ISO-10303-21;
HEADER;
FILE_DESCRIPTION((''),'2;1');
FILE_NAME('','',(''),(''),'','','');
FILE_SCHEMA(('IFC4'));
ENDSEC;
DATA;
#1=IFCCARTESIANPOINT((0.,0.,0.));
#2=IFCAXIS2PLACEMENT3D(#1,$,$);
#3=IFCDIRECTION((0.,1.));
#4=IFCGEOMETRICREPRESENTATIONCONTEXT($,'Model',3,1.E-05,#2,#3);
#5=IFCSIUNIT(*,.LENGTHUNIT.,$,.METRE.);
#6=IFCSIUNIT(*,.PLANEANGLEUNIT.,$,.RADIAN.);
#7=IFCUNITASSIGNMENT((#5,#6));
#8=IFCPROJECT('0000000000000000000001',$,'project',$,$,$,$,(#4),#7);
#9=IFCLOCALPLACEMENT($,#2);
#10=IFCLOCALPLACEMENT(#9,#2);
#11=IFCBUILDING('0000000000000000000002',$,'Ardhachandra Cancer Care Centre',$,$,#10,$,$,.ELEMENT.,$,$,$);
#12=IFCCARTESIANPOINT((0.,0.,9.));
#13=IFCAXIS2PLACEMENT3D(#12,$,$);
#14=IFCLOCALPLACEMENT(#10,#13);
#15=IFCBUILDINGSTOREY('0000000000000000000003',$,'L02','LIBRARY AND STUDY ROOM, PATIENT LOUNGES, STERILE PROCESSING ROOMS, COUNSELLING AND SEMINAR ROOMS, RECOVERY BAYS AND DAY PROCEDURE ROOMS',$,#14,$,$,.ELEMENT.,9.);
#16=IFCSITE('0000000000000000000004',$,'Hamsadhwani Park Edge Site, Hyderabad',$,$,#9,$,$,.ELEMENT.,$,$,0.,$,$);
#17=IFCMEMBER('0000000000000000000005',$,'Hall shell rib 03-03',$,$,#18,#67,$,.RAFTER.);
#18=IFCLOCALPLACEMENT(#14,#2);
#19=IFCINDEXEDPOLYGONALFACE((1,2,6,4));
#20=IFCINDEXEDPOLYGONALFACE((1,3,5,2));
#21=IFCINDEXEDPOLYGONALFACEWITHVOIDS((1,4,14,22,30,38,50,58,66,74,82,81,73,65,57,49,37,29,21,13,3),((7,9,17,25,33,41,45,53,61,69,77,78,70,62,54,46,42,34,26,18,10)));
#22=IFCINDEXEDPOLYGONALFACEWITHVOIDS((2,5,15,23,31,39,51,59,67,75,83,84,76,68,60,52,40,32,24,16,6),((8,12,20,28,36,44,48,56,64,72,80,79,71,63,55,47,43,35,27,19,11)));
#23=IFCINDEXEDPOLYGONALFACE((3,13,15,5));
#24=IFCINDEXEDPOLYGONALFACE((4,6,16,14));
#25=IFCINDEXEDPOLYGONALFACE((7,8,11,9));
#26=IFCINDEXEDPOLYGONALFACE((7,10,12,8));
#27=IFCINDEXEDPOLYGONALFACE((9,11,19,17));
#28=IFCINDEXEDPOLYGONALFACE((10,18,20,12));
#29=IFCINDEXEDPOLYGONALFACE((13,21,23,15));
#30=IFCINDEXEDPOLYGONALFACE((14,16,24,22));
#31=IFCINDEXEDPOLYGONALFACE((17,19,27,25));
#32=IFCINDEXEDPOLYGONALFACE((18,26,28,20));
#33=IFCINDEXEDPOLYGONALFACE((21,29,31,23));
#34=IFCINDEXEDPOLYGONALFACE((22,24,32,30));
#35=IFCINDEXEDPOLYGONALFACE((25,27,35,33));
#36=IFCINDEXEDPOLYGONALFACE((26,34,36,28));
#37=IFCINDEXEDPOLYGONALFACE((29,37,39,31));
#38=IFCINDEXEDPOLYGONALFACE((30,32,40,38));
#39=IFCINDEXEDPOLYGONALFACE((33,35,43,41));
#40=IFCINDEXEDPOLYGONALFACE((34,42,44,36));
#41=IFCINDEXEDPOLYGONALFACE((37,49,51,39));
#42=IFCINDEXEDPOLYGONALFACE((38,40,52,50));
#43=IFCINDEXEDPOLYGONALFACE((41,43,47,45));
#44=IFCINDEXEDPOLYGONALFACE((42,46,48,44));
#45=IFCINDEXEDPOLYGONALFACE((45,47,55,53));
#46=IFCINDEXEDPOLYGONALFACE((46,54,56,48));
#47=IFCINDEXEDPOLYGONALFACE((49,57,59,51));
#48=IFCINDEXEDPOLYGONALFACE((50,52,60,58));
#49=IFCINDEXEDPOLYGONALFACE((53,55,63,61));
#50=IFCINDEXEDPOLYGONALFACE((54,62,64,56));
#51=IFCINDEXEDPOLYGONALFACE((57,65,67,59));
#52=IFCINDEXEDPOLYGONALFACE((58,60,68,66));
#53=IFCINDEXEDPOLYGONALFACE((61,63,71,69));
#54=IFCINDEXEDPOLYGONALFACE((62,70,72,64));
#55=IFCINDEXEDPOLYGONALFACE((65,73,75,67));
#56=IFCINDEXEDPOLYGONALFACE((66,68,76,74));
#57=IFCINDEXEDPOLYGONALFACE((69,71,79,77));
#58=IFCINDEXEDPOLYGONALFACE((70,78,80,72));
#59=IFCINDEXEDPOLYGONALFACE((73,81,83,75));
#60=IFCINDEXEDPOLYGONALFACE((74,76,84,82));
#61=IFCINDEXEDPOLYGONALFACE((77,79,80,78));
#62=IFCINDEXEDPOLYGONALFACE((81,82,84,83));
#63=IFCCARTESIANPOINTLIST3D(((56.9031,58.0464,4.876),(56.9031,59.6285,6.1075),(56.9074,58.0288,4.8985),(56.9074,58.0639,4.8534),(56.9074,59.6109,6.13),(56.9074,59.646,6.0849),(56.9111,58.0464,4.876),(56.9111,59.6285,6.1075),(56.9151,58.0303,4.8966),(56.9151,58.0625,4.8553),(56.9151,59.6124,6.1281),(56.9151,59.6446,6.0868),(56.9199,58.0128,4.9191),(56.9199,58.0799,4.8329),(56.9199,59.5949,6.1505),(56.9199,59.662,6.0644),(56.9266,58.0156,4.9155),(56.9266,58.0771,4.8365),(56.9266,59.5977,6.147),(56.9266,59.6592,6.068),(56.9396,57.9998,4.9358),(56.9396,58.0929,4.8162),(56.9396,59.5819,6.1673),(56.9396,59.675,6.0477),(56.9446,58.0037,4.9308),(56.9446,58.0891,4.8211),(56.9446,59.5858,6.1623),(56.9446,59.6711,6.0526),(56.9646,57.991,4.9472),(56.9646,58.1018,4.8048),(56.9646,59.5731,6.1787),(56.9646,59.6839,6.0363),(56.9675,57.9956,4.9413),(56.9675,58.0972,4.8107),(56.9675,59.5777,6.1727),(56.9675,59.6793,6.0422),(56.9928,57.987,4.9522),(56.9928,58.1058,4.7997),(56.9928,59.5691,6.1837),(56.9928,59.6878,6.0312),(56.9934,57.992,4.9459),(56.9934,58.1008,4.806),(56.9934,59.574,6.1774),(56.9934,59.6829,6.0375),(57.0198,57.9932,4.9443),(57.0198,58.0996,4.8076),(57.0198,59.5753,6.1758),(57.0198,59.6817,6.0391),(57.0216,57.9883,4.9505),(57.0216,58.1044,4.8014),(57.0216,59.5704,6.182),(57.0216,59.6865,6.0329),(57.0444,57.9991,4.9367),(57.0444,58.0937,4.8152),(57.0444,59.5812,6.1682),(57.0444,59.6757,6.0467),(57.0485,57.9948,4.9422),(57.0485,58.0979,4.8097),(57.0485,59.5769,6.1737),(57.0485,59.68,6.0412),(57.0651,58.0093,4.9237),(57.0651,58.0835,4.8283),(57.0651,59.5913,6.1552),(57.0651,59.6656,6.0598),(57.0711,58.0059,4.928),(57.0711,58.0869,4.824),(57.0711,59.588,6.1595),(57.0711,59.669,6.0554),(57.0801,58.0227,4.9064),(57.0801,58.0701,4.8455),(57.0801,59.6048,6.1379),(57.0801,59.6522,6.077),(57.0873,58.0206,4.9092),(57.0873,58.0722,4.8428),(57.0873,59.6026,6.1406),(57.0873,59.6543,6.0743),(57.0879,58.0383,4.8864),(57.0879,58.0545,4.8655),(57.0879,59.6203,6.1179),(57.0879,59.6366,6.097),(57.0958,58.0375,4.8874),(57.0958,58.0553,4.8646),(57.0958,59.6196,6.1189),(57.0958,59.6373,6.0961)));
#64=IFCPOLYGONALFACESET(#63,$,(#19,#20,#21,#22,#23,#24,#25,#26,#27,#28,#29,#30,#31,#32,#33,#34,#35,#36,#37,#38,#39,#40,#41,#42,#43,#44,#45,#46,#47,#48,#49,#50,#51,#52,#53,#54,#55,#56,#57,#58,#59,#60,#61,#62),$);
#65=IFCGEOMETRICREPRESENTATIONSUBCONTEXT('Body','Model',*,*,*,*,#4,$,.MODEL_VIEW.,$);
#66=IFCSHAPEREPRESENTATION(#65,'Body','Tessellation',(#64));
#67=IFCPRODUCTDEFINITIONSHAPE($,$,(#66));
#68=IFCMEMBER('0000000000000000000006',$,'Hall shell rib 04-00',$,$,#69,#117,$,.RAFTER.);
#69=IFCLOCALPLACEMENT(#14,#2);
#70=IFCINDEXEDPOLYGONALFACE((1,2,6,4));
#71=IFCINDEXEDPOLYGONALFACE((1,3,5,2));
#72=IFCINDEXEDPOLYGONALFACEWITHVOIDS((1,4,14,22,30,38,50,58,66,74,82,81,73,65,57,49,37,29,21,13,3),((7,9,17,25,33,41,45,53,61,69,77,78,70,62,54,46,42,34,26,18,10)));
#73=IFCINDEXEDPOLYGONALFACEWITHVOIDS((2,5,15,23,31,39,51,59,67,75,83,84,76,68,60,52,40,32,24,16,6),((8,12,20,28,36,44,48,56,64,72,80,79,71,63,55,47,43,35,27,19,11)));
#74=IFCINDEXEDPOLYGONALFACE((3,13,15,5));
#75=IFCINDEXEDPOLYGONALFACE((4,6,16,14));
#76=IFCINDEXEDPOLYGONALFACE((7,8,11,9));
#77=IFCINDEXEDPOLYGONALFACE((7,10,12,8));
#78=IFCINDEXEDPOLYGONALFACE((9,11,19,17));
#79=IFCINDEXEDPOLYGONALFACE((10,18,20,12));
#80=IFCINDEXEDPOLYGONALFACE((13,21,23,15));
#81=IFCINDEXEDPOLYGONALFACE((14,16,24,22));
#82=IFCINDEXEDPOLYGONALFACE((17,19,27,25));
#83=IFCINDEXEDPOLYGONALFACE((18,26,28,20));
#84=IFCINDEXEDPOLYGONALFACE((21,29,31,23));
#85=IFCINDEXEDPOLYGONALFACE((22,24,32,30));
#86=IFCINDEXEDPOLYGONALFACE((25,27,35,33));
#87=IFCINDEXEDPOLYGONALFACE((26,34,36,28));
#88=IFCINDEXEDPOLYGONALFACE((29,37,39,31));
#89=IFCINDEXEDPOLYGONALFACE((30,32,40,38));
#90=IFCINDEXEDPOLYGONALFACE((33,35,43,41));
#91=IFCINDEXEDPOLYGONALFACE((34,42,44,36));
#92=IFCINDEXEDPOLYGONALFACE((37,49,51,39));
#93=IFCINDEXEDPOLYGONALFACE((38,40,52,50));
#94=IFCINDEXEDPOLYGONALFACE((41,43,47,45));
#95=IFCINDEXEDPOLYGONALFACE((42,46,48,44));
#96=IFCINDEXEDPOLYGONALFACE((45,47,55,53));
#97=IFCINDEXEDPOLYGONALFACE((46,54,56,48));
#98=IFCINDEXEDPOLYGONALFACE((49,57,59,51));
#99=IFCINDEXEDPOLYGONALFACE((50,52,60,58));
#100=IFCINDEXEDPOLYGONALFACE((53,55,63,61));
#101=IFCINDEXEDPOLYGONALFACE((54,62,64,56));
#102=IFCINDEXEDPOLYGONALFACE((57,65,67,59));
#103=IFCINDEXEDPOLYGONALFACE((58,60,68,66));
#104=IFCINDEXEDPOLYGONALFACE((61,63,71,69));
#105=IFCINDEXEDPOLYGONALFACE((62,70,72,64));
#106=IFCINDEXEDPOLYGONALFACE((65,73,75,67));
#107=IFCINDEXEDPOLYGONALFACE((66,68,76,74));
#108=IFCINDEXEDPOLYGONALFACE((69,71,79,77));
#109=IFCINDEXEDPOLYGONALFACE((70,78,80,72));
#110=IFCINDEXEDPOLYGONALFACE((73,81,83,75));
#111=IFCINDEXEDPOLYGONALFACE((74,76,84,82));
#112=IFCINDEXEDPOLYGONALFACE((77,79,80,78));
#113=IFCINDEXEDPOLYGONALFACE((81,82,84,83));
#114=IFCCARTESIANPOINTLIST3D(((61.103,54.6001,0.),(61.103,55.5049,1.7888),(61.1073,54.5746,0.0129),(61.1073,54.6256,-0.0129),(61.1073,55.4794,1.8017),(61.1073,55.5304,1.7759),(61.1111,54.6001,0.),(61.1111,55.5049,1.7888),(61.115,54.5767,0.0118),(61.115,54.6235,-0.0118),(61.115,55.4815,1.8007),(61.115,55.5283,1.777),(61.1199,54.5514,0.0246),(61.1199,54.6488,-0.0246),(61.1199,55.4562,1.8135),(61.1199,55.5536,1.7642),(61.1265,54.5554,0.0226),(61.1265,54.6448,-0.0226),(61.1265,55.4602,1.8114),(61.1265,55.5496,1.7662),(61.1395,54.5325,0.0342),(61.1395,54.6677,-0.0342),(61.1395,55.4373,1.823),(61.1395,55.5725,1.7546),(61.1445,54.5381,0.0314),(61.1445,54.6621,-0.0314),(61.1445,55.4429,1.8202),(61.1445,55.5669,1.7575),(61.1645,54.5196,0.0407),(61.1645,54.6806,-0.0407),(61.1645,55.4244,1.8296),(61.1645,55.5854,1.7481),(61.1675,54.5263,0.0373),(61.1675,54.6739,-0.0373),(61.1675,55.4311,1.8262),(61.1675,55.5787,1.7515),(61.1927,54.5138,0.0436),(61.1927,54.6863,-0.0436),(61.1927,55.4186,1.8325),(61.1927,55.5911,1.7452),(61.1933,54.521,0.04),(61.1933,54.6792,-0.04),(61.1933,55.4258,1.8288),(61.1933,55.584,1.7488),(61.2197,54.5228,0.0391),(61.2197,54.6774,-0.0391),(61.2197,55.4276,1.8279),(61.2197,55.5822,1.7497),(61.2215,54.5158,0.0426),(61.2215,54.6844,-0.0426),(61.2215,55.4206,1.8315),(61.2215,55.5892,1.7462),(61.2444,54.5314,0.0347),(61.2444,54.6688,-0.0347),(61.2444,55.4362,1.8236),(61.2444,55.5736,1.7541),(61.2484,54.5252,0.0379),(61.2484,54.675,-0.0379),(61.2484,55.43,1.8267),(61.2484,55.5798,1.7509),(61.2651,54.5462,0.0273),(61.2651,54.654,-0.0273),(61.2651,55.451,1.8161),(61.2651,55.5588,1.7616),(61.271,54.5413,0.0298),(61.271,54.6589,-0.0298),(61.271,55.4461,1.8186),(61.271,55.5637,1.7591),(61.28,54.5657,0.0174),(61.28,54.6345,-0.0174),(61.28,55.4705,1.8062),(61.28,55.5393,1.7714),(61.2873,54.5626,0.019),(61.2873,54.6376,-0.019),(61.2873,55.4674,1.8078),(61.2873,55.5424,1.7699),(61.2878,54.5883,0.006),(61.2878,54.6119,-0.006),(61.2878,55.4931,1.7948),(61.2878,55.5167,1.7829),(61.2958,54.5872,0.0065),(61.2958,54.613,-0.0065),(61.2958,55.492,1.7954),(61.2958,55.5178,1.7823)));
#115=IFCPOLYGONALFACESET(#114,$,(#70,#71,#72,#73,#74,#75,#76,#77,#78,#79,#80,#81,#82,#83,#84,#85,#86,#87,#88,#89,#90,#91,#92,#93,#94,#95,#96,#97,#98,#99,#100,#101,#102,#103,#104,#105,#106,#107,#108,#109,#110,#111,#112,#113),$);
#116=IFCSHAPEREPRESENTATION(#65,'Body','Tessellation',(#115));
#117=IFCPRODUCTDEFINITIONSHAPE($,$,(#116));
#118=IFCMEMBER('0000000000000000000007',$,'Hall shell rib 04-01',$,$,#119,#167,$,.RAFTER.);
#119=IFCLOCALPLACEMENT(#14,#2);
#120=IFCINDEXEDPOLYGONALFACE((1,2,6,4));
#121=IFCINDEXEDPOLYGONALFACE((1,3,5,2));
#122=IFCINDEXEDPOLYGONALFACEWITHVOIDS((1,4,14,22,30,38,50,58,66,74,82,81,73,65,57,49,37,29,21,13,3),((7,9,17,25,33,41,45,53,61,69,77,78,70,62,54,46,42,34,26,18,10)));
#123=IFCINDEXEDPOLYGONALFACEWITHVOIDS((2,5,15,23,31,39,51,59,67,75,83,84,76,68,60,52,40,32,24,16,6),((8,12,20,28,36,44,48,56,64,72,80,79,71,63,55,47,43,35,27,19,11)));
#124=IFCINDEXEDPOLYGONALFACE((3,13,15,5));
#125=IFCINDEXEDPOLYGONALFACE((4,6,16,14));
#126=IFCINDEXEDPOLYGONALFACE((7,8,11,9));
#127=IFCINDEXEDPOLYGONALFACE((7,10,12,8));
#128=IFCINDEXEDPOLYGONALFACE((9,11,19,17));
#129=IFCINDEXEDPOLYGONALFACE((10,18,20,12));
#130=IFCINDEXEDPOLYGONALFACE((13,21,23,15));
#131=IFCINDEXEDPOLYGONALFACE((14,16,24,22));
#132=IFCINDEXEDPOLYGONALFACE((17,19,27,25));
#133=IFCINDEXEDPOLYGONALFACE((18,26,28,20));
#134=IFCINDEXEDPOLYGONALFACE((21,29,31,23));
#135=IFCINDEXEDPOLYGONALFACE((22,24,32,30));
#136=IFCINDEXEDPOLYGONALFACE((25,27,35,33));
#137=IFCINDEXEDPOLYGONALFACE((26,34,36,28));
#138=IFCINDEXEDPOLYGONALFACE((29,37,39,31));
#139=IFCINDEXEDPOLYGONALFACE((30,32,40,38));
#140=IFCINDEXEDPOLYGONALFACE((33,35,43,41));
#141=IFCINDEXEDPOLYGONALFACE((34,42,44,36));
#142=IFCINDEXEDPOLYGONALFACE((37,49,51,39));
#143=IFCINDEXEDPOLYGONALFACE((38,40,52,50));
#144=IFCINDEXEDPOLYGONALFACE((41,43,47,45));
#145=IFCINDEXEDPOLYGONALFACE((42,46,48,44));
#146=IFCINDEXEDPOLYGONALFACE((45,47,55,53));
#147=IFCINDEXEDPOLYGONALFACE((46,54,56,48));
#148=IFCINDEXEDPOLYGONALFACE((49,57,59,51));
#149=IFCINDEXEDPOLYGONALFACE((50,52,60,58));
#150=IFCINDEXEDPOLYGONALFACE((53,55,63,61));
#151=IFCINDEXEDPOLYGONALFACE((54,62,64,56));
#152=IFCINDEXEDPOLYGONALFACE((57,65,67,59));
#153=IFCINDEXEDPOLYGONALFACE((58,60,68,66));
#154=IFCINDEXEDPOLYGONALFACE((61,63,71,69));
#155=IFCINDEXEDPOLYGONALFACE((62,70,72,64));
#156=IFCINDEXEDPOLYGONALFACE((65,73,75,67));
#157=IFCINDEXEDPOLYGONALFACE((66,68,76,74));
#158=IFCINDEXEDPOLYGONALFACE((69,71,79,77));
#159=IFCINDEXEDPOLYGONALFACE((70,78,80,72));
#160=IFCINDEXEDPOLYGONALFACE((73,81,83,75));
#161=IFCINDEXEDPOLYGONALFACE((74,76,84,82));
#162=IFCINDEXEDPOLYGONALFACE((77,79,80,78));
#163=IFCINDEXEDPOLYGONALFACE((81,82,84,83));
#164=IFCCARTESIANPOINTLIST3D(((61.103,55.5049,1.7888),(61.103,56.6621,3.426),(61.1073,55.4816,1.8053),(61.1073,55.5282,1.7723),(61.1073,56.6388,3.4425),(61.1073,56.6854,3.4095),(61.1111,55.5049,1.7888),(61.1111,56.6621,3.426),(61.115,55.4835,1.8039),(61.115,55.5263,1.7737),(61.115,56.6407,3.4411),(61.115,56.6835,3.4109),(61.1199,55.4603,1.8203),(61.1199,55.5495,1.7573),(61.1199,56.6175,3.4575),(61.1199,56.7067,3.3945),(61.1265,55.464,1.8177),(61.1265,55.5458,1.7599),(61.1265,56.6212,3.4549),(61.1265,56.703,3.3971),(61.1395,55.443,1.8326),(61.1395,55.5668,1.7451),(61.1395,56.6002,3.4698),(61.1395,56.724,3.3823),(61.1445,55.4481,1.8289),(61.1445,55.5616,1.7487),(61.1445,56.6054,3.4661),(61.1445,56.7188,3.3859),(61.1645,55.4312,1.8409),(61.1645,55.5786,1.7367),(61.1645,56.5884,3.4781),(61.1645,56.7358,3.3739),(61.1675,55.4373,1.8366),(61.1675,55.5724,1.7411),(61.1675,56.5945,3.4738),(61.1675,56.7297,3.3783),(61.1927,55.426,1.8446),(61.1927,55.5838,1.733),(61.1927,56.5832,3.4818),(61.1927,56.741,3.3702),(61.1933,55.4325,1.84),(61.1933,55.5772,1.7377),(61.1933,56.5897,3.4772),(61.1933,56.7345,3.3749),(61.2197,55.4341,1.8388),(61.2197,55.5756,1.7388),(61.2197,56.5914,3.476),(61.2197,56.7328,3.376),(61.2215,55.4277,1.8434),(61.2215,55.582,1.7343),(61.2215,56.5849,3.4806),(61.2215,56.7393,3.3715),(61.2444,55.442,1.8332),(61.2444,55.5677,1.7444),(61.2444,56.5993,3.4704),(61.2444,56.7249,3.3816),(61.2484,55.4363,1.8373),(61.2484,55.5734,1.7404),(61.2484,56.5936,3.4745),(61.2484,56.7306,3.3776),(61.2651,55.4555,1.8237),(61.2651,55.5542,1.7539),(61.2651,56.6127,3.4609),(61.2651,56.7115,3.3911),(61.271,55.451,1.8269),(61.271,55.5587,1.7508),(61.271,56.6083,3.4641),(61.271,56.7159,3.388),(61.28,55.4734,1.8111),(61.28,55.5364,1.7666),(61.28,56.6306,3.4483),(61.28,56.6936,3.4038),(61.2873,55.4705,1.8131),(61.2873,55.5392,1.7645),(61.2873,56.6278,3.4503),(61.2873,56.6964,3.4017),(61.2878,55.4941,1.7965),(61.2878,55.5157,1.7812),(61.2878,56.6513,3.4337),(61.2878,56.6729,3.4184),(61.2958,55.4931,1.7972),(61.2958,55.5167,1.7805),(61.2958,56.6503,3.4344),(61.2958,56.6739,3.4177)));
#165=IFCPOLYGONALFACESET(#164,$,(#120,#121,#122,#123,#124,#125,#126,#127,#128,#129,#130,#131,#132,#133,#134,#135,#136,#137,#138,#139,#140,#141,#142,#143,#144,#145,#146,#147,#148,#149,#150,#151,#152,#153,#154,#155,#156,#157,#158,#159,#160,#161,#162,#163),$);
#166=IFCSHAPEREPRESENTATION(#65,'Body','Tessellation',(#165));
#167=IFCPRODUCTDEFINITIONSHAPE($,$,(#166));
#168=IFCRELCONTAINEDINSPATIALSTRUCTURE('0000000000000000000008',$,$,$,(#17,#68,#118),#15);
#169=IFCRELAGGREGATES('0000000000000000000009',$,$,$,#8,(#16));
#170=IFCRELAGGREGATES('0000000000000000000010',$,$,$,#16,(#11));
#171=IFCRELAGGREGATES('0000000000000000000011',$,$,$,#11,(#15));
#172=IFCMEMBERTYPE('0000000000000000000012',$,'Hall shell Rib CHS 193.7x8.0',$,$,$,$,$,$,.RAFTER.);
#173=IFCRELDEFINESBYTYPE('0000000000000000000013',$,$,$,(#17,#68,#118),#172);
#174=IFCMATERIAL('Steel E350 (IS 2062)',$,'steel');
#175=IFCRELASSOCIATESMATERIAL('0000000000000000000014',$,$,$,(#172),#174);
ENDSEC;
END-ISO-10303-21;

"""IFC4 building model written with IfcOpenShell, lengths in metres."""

from ifc_helpers import new_model, si_unit, direction, frame, origin, origin_2d, place, context, subcontext, project, spatial, hollow_circle, extrude, material, material_profile, profile_set, type_object, element, save


model = new_model("IFC4")

# Units and contexts
model_context = context("Model", 3, precision=1e-05, world=origin(), true_north=direction((0.0, 1.0)))
body_context = subcontext(model_context, "Body", "Model", "MODEL_VIEW")
ifc_project = project(units=[si_unit("LENGTHUNIT", "METRE"), si_unit("PLANEANGLEUNIT", "RADIAN")], contexts=[model_context])

# Site, building, storey
site_placement = place(None, origin())
site = spatial("IfcSite", under=ifc_project, at=site_placement, Name="Hamsadhwani Park Edge Site, Hyderabad", CompositionType="ELEMENT", RefElevation=0.0)
building_placement = place(site_placement, origin())
building = spatial("IfcBuilding", under=site, at=building_placement, Name="Ardhachandra Cancer Care Centre", CompositionType="ELEMENT")
storey_placement = place(building_placement, frame((0.0, 0.0, 9.0)))
storey = spatial("IfcBuildingStorey", under=building, at=storey_placement, Name="L02", Description="LIBRARY AND STUDY ROOM, PATIENT LOUNGES, STERILE PROCESSING ROOMS, COUNSELLING AND SEMINAR ROOMS, RECOVERY BAYS AND DAY PROCEDURE ROOMS", CompositionType="ELEMENT", Elevation=9.0)

# Members
ifc_material_1 = material(Name="Steel E350 (IS 2062)", Category="steel")
ifc_material_profile_1 = material_profile(ifc_material_1, hollow_circle(Radius=0.0969, WallThickness=0.0081, at=origin_2d()), Name="CHS 193.7x8.0")
ifc_profile_set_1 = profile_set([ifc_material_profile_1], Name="Steel E350 (IS 2062)")
member_type_1 = type_object("IfcMemberType", Name="Hall shell Rib CHS 193.7x8.0", PredefinedType="RAFTER", material=ifc_profile_set_1)
member_1_placement = place(storey_placement, frame((57.0, 58.0464, 4.876), z_axis=(0.0, 0.789116, 0.614244), x_axis=(-1.0, 0.0, 0.0)))
element("IfcMember", 1, at=member_1_placement, inside=storey, type_object=member_type_1, Name="Hall shell rib 03-03", PredefinedType="RAFTER", context=body_context, shape_type="SweptSolid", body=[
    extrude(hollow_circle(Radius=0.0969, WallThickness=0.0081, at=origin_2d()), origin(), (0.0, 0.0, 1.0), 2.0049),
])
member_2_placement = place(storey_placement, frame((61.2, 54.6001, 0.0), z_axis=(0.0, 0.45135, 0.892347), x_axis=(-1.0, 0.0, 0.0)))
element("IfcMember", 2, at=member_2_placement, inside=storey, type_object=member_type_1, Name="Hall shell rib 04-00", PredefinedType="RAFTER", context=body_context, shape_type="SweptSolid", body=[
    extrude(hollow_circle(Radius=0.0969, WallThickness=0.0081, at=origin_2d()), origin(), (0.0, 0.0, 1.0), 2.0046),
])
member_3_placement = place(storey_placement, frame((61.2, 55.5049, 1.7888), z_axis=(0.0, 0.577199, 0.816603), x_axis=(-1.0, 0.0, 0.0)))
element("IfcMember", 3, at=member_3_placement, inside=storey, type_object=member_type_1, Name="Hall shell rib 04-01", PredefinedType="RAFTER", context=body_context, shape_type="SweptSolid", body=[
    extrude(hollow_circle(Radius=0.0969, WallThickness=0.0081, at=origin_2d()), origin(), (0.0, 0.0, 1.0), 2.0049),
])

save(model, "model.ifc")
